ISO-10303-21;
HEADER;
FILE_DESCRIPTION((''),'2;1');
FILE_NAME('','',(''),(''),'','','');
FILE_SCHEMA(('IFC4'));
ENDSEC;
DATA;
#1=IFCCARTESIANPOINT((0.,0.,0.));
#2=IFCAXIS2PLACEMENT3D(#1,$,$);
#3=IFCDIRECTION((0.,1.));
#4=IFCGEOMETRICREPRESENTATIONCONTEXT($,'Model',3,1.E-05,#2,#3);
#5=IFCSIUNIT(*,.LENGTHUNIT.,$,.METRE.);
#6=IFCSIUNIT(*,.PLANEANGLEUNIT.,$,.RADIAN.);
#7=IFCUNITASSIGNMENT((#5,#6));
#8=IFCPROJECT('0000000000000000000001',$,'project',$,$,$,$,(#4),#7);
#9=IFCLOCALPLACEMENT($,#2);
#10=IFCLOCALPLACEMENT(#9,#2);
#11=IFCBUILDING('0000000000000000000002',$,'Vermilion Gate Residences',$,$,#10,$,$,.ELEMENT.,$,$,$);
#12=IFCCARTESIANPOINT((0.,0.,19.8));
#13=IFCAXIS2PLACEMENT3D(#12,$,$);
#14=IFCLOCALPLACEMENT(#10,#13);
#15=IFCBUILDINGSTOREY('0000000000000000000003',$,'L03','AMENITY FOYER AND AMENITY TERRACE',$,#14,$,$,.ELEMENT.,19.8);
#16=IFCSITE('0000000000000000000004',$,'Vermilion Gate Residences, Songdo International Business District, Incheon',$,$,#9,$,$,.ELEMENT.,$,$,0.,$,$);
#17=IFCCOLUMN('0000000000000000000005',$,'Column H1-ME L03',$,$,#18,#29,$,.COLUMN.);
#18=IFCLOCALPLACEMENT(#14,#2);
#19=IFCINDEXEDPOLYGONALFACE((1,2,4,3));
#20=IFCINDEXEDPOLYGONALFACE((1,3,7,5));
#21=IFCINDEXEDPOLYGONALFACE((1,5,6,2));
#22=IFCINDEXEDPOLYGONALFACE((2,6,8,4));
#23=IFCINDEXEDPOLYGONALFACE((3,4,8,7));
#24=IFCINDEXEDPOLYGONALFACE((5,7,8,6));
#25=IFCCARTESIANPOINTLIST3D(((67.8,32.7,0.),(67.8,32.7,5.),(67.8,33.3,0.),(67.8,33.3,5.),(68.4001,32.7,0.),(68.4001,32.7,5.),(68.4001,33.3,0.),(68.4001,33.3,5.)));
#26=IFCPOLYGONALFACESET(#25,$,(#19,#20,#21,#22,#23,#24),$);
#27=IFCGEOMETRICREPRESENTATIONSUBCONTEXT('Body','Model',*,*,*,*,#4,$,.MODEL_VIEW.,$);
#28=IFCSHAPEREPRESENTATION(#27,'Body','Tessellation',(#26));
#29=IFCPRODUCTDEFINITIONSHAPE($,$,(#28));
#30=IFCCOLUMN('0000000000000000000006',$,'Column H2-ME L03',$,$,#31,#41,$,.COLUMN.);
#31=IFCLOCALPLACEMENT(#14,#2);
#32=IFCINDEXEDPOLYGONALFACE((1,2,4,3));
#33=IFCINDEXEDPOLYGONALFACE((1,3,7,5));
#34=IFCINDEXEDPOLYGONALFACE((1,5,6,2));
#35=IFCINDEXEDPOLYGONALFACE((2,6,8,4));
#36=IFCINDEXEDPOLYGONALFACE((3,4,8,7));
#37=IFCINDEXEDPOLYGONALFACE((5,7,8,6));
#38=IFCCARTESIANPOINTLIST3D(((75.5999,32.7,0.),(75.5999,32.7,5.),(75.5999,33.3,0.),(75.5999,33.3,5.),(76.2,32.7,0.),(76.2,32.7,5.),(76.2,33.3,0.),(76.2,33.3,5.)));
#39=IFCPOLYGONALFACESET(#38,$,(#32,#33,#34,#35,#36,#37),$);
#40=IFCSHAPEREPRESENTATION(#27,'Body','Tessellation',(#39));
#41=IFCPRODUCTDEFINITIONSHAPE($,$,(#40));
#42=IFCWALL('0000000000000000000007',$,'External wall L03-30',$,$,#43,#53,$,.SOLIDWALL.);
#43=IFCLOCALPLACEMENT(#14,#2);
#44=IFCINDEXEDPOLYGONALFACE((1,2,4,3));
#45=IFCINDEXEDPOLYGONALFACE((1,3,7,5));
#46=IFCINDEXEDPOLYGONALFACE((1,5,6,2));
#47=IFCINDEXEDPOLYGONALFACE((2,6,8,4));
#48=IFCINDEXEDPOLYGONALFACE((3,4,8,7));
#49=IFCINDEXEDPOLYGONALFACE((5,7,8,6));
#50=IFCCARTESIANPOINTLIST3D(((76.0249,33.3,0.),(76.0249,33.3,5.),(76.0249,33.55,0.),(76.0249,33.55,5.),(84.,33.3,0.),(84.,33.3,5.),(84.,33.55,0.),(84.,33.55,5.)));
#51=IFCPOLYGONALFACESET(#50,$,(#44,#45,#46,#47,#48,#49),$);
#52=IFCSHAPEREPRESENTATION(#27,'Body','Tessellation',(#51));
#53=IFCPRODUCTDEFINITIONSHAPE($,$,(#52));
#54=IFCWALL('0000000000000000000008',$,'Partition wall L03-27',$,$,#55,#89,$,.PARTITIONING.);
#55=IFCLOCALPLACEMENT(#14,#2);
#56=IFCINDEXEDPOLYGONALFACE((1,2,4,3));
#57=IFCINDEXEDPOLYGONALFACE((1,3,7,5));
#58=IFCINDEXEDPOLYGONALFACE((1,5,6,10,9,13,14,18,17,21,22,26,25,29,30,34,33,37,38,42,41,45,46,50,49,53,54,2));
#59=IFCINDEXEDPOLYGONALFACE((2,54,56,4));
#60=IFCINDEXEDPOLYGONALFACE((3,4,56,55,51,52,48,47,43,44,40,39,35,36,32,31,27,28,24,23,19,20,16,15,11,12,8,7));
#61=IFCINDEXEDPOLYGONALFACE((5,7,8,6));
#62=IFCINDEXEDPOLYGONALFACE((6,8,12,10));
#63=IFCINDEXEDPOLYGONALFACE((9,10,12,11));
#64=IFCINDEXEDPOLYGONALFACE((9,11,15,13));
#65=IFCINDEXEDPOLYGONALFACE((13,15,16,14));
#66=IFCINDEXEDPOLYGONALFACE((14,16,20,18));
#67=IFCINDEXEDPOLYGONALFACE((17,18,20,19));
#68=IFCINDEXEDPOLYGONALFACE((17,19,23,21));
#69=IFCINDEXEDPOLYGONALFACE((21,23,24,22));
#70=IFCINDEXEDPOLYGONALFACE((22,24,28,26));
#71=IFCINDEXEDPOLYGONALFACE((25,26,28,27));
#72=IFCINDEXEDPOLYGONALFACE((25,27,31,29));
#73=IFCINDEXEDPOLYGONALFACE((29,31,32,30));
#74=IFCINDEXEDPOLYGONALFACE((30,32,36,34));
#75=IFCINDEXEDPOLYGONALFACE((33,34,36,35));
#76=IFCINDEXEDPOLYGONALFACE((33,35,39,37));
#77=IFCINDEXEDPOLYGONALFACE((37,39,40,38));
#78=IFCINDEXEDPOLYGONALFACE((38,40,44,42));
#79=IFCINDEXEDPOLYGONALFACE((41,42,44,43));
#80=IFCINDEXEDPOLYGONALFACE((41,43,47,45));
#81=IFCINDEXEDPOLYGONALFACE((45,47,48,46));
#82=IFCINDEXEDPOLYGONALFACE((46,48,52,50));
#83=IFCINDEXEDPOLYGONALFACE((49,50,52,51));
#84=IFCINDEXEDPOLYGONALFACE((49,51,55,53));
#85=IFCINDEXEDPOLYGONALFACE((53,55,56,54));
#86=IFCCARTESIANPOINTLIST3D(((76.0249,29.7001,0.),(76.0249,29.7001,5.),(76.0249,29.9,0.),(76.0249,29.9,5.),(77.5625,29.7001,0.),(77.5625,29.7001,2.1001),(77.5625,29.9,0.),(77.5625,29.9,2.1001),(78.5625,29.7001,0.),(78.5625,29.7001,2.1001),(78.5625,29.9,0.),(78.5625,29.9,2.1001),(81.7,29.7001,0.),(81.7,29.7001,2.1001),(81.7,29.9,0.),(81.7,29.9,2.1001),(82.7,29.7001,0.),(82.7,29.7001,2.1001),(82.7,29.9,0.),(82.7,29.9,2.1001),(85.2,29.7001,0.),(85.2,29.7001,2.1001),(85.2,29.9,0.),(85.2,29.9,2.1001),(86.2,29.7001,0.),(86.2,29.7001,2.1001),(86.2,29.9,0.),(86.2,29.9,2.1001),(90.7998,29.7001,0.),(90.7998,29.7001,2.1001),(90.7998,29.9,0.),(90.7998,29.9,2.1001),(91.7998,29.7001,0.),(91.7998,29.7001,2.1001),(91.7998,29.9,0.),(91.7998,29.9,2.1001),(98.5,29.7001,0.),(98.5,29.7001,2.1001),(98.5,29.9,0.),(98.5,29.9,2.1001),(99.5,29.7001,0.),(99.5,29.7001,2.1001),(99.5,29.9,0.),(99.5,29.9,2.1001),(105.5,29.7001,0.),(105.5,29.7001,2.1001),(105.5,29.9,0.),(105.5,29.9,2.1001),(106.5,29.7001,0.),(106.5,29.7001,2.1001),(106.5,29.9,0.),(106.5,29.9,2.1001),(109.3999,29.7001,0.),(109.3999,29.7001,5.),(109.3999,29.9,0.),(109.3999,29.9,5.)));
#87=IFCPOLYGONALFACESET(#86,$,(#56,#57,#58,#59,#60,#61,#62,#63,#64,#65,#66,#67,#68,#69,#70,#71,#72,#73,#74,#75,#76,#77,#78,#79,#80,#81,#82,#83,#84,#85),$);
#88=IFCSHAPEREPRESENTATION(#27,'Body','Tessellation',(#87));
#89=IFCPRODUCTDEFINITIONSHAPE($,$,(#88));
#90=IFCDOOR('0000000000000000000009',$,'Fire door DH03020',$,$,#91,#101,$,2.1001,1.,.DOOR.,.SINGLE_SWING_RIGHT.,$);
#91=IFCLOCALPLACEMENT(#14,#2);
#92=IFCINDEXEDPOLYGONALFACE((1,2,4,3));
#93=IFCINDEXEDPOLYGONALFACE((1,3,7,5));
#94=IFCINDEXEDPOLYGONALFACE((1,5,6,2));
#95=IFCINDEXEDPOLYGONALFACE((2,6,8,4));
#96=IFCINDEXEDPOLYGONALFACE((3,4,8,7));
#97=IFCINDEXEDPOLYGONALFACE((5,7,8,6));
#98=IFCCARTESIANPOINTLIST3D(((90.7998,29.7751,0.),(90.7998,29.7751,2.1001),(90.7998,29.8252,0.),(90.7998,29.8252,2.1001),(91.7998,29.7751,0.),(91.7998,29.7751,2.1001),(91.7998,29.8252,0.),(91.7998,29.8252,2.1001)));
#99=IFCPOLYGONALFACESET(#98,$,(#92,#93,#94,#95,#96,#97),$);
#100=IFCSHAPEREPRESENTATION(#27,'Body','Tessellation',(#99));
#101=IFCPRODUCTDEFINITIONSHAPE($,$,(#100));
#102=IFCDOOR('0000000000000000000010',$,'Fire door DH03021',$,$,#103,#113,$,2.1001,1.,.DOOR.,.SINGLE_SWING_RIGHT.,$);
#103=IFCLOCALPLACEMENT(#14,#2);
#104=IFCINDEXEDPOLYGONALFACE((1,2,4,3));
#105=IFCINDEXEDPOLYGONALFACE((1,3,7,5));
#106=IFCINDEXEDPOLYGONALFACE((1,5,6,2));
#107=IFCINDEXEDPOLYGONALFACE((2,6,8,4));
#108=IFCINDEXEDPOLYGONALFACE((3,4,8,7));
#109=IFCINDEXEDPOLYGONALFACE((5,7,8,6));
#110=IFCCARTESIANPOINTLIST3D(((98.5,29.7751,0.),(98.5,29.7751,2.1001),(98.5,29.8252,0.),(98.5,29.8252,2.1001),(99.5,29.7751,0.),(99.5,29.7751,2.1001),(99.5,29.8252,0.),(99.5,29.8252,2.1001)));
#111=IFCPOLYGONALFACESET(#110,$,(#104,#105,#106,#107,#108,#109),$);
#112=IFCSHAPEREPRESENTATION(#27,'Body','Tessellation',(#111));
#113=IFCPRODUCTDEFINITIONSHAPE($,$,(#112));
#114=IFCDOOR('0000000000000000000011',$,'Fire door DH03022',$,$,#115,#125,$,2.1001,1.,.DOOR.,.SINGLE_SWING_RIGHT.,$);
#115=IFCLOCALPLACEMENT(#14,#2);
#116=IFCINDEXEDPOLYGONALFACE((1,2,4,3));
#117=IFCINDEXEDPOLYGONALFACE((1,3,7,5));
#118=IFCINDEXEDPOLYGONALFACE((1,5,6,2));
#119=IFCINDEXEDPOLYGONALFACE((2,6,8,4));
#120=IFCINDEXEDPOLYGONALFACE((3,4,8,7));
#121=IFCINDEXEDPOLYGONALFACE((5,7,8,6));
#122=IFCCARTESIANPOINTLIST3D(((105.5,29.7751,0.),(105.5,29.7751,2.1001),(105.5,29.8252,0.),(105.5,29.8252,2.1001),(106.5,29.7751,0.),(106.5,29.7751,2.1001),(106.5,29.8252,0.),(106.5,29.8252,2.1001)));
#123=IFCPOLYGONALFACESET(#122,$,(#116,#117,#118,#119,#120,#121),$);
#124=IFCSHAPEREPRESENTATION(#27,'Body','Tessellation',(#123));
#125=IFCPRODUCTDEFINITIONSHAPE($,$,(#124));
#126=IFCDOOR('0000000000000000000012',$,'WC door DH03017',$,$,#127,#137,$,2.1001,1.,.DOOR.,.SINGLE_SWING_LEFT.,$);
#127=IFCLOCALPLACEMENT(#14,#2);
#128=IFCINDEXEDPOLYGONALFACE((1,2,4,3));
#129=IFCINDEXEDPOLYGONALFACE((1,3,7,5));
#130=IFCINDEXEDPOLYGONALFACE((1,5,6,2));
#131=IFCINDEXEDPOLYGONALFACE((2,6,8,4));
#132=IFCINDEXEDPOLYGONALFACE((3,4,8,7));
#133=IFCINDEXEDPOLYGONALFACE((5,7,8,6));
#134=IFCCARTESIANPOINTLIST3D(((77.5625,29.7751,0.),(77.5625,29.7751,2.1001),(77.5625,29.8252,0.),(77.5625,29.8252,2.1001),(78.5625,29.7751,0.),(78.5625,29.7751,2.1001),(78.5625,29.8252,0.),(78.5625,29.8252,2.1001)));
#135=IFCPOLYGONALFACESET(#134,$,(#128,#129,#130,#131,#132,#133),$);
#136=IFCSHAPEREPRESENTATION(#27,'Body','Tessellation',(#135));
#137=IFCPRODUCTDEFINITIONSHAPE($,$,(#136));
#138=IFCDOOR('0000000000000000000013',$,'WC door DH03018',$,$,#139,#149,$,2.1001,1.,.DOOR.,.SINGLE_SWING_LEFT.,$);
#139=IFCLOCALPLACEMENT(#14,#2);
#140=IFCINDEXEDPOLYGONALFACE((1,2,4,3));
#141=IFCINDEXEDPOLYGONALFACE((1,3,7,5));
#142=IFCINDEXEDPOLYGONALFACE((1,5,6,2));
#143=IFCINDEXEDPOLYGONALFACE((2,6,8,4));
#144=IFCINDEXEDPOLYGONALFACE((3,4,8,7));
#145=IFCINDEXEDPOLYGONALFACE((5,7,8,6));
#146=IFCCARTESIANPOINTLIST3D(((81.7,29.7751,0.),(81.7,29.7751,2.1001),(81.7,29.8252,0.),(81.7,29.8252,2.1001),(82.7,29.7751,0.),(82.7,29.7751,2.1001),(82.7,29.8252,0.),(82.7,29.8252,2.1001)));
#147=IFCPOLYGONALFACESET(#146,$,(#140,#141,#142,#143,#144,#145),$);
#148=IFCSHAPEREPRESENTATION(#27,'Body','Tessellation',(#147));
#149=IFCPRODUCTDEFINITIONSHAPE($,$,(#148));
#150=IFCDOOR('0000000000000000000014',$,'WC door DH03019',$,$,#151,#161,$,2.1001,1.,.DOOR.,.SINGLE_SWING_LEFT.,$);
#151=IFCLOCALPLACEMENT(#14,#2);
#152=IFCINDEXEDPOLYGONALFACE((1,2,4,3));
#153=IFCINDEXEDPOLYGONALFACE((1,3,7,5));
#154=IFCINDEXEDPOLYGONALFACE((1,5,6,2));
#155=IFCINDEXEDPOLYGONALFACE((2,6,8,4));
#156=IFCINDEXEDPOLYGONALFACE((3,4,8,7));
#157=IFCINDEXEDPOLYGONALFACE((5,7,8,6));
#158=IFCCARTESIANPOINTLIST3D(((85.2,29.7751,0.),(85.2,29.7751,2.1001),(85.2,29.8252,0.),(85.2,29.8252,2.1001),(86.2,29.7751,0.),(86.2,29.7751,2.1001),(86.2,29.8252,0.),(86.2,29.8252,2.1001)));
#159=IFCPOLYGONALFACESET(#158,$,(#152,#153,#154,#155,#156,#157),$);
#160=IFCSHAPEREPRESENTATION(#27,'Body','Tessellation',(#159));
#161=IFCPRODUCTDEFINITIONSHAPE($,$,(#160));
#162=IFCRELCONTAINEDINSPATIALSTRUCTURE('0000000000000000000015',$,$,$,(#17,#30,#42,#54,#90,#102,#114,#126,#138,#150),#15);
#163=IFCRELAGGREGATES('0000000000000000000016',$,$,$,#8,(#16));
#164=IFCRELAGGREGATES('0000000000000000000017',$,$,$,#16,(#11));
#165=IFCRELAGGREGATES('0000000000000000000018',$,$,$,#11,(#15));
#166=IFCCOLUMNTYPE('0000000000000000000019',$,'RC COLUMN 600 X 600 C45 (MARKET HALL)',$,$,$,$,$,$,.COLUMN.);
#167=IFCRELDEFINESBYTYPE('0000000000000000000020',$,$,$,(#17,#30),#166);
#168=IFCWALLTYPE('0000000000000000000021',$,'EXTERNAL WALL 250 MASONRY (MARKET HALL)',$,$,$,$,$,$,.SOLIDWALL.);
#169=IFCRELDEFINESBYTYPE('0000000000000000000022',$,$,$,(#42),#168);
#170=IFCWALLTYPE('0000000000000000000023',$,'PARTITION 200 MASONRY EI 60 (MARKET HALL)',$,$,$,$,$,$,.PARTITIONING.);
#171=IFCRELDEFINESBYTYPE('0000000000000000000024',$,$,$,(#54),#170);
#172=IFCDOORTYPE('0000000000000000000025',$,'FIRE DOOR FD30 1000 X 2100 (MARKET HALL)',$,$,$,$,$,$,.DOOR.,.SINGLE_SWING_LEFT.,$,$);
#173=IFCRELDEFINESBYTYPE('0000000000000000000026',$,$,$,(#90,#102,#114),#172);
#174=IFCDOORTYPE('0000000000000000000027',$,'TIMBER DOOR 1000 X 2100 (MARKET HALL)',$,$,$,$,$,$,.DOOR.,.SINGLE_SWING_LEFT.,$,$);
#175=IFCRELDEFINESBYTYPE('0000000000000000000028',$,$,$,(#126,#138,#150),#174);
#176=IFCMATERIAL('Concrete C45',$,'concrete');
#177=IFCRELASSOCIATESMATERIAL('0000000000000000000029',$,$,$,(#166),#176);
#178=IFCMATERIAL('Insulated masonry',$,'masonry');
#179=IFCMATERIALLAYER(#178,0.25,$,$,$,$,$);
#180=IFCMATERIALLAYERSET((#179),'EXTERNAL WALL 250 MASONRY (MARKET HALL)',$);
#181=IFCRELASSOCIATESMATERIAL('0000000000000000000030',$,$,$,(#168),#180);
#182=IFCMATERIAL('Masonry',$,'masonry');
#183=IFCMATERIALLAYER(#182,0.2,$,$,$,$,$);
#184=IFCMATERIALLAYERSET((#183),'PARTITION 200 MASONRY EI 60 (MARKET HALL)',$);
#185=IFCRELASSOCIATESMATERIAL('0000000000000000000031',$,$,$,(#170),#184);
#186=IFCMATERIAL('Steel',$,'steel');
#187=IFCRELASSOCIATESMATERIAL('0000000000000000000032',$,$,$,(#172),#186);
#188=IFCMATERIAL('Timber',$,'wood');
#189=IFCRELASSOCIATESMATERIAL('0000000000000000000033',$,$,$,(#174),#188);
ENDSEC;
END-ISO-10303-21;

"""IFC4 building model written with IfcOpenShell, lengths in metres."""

from ifc_helpers import new_model, si_unit, direction, frame, frame_2d, origin, origin_2d, place, context, subcontext, project, spatial, rectangle, extrude, material, layer, layer_set, material_profile, profile_set, type_object, element, fill, save


model = new_model("IFC4")

# Units and contexts
model_context = context("Model", 3, precision=1e-05, world=origin(), true_north=direction((0.0, 1.0)))
body_context = subcontext(model_context, "Body", "Model", "MODEL_VIEW")
ifc_project = project(units=[si_unit("LENGTHUNIT", "METRE"), si_unit("PLANEANGLEUNIT", "RADIAN")], contexts=[model_context])

# Site, building, storey
site_placement = place(None, origin())
site = spatial("IfcSite", under=ifc_project, at=site_placement, Name="Vermilion Gate Residences, Songdo International Business District, Incheon", CompositionType="ELEMENT", RefElevation=0.0)
building_placement = place(site_placement, origin())
building = spatial("IfcBuilding", under=site, at=building_placement, Name="Vermilion Gate Residences", CompositionType="ELEMENT")
storey_placement = place(building_placement, frame((0.0, 0.0, 19.8)))
storey = spatial("IfcBuildingStorey", under=building, at=storey_placement, Name="L03", Description="AMENITY FOYER AND AMENITY TERRACE", CompositionType="ELEMENT", Elevation=19.8)

# Columns
ifc_material_1 = material(Name="Concrete C45", Category="concrete")
ifc_material_profile = material_profile(ifc_material_1, rectangle(XDim=0.6001, YDim=0.6001, at=origin_2d()), Name="RC COLUMN 600 X 600 C45 (MARKET HALL)")
ifc_profile_set = profile_set([ifc_material_profile], Name="Concrete C45")
column_type = type_object("IfcColumnType", Name="RC COLUMN 600 X 600 C45 (MARKET HALL)", PredefinedType="COLUMN", material=ifc_profile_set)
for number, where, z_axis, x_axis, name in (
    (1, (68.1001, 33.0, 0.0), (0.0, 0.0, 1.0), (1.0, 0.0, 0.0), "Column H1-ME L03"),
    (2, (75.8999, 33.0, 0.0), (0.0, 0.0, 1.0), (1.0, 0.0, 0.0), "Column H2-ME L03"),
):
    element("IfcColumn", number, at=place(storey_placement, frame(where, z_axis=z_axis, x_axis=x_axis)), inside=storey, type_object=column_type, Name=name, PredefinedType="COLUMN", context=body_context, shape_type="SweptSolid", body=[
        extrude(rectangle(XDim=0.6001, YDim=0.6001, at=origin_2d()), origin(), (0.0, 0.0, 1.0), 5.0),
    ])

# Wall
ifc_material_2 = material(Name="Insulated masonry", Category="masonry")
ifc_layer_1 = layer(ifc_material_2, 0.25)
ifc_layer_set_1 = layer_set([ifc_layer_1], Name="EXTERNAL WALL 250 MASONRY (MARKET HALL)")
wall_type_1 = type_object("IfcWallType", Name="EXTERNAL WALL 250 MASONRY (MARKET HALL)", PredefinedType="SOLIDWALL", material=ifc_layer_set_1)
wall_1_placement = place(storey_placement, frame((76.0249, 33.425, 0.0), z_axis=(0.0, 0.0, 1.0), x_axis=(1.0, 0.0, 0.0)))
element("IfcWall", 3, at=wall_1_placement, inside=storey, type_object=wall_type_1, Name="External wall L03-30", PredefinedType="SOLIDWALL", context=body_context, shape_type="SweptSolid", body=[
    extrude(rectangle(XDim=7.9751, YDim=0.25, at=frame_2d((3.9875, 0.0))), origin(), (0.0, 0.0, 1.0), 5.0),
])

# Wall, openings, doors
ifc_material_3 = material(Name="Masonry", Category="masonry")
ifc_layer_2 = layer(ifc_material_3, 0.2)
ifc_layer_set_2 = layer_set([ifc_layer_2], Name="PARTITION 200 MASONRY EI 60 (MARKET HALL)")
wall_type_2 = type_object("IfcWallType", Name="PARTITION 200 MASONRY EI 60 (MARKET HALL)", PredefinedType="PARTITIONING", material=ifc_layer_set_2)
wall_2_placement = place(storey_placement, frame((76.0249, 29.8, 0.0), z_axis=(0.0, 0.0, 1.0), x_axis=(1.0, 0.0, 0.0)))
wall_2 = element("IfcWall", 4, at=wall_2_placement, inside=storey, type_object=wall_type_2, Name="Partition wall L03-27", PredefinedType="PARTITIONING", context=body_context, shape_type="SweptSolid", body=[
    extrude(rectangle(XDim=33.375, YDim=0.2, at=frame_2d((16.6875, 0.0))), origin(), (0.0, 0.0, 1.0), 5.0),
])
opening_1_placement = place(wall_2_placement, frame((1.5376, 0.0, 0.0)))
opening_1 = element("IfcOpeningElement", 5, at=opening_1_placement, cuts=wall_2, PredefinedType="OPENING", context=body_context, shape_type="SweptSolid", body=[
    extrude(rectangle(XDim=1.0, YDim=2.1001, at=frame_2d((0.5, 1.05))), frame((0.0, 0.1099, 0.0), z_axis=(0.0, -1.0, 0.0), x_axis=(1.0, 0.0, 0.0)), (0.0, 0.0, 1.0), 0.22),
])
opening_2_placement = place(wall_2_placement, frame((5.675, 0.0, 0.0)))
opening_2 = element("IfcOpeningElement", 6, at=opening_2_placement, cuts=wall_2, PredefinedType="OPENING", context=body_context, shape_type="SweptSolid", body=[
    extrude(rectangle(XDim=1.0, YDim=2.1001, at=frame_2d((0.5, 1.05))), frame((0.0, 0.1099, 0.0), z_axis=(0.0, -1.0, 0.0), x_axis=(1.0, 0.0, 0.0)), (0.0, 0.0, 1.0), 0.22),
])
opening_3_placement = place(wall_2_placement, frame((9.175, 0.0, 0.0)))
opening_3 = element("IfcOpeningElement", 7, at=opening_3_placement, cuts=wall_2, PredefinedType="OPENING", context=body_context, shape_type="SweptSolid", body=[
    extrude(rectangle(XDim=1.0, YDim=2.1001, at=frame_2d((0.5, 1.05))), frame((0.0, 0.1099, 0.0), z_axis=(0.0, -1.0, 0.0), x_axis=(1.0, 0.0, 0.0)), (0.0, 0.0, 1.0), 0.22),
])
opening_4_placement = place(wall_2_placement, frame((14.7749, 0.0, 0.0)))
opening_4 = element("IfcOpeningElement", 8, at=opening_4_placement, cuts=wall_2, PredefinedType="OPENING", context=body_context, shape_type="SweptSolid", body=[
    extrude(rectangle(XDim=1.0, YDim=2.1001, at=frame_2d((0.5, 1.05))), frame((0.0, 0.1099, 0.0), z_axis=(0.0, -1.0, 0.0), x_axis=(1.0, 0.0, 0.0)), (0.0, 0.0, 1.0), 0.22),
])
opening_5_placement = place(wall_2_placement, frame((22.4751, 0.0, 0.0)))
opening_5 = element("IfcOpeningElement", 9, at=opening_5_placement, cuts=wall_2, PredefinedType="OPENING", context=body_context, shape_type="SweptSolid", body=[
    extrude(rectangle(XDim=1.0, YDim=2.1001, at=frame_2d((0.5, 1.05))), frame((0.0, 0.1099, 0.0), z_axis=(0.0, -1.0, 0.0), x_axis=(1.0, 0.0, 0.0)), (0.0, 0.0, 1.0), 0.22),
])
opening_6_placement = place(wall_2_placement, frame((29.4751, 0.0, 0.0)))
opening_6 = element("IfcOpeningElement", 10, at=opening_6_placement, cuts=wall_2, PredefinedType="OPENING", context=body_context, shape_type="SweptSolid", body=[
    extrude(rectangle(XDim=1.0, YDim=2.1001, at=frame_2d((0.5, 1.05))), frame((0.0, 0.1099, 0.0), z_axis=(0.0, -1.0, 0.0), x_axis=(1.0, 0.0, 0.0)), (0.0, 0.0, 1.0), 0.22),
])
ifc_material_4 = material(Name="Steel", Category="steel")
door_type_1 = type_object("IfcDoorType", Name="FIRE DOOR FD30 1000 X 2100 (MARKET HALL)", OperationType="SINGLE_SWING_LEFT", PredefinedType="DOOR", material=ifc_material_4)
door_1_placement = place(opening_4_placement, frame((1.0, 0.0, 0.0), z_axis=(0.0, 0.0, 1.0), x_axis=(-1.0, 0.0, 0.0)))
door_1 = element("IfcDoor", 11, at=door_1_placement, inside=storey, type_object=door_type_1, Name="Fire door DH03020", OperationType="SINGLE_SWING_RIGHT", OverallHeight=2.1001, OverallWidth=1.0, PredefinedType="DOOR", context=body_context, shape_type="SweptSolid", body=[
    extrude(rectangle(XDim=1.0, YDim=2.1001, at=frame_2d((0.5, 1.05))), frame((0.0, 0.0249, 0.0), z_axis=(0.0, -1.0, 0.0), x_axis=(1.0, 0.0, 0.0)), (0.0, 0.0, 1.0), 0.05),
])
fill(opening_4, door_1)
door_2_placement = place(opening_5_placement, frame((1.0, 0.0, 0.0), z_axis=(0.0, 0.0, 1.0), x_axis=(-1.0, 0.0, 0.0)))
door_2 = element("IfcDoor", 12, at=door_2_placement, inside=storey, type_object=door_type_1, Name="Fire door DH03021", OperationType="SINGLE_SWING_RIGHT", OverallHeight=2.1001, OverallWidth=1.0, PredefinedType="DOOR", context=body_context, shape_type="SweptSolid", body=[
    extrude(rectangle(XDim=1.0, YDim=2.1001, at=frame_2d((0.5, 1.05))), frame((0.0, 0.0249, 0.0), z_axis=(0.0, -1.0, 0.0), x_axis=(1.0, 0.0, 0.0)), (0.0, 0.0, 1.0), 0.05),
])
fill(opening_5, door_2)
door_3_placement = place(opening_6_placement, frame((1.0, 0.0, 0.0), z_axis=(0.0, 0.0, 1.0), x_axis=(-1.0, 0.0, 0.0)))
door_3 = element("IfcDoor", 13, at=door_3_placement, inside=storey, type_object=door_type_1, Name="Fire door DH03022", OperationType="SINGLE_SWING_RIGHT", OverallHeight=2.1001, OverallWidth=1.0, PredefinedType="DOOR", context=body_context, shape_type="SweptSolid", body=[
    extrude(rectangle(XDim=1.0, YDim=2.1001, at=frame_2d((0.5, 1.05))), frame((0.0, 0.0249, 0.0), z_axis=(0.0, -1.0, 0.0), x_axis=(1.0, 0.0, 0.0)), (0.0, 0.0, 1.0), 0.05),
])
fill(opening_6, door_3)
ifc_material_5 = material(Name="Timber", Category="wood")
door_type_2 = type_object("IfcDoorType", Name="TIMBER DOOR 1000 X 2100 (MARKET HALL)", OperationType="SINGLE_SWING_LEFT", PredefinedType="DOOR", material=ifc_material_5)
door_4_placement = place(opening_1_placement, frame((1.0, 0.0, 0.0), z_axis=(0.0, 0.0, 1.0), x_axis=(-1.0, 0.0, 0.0)))
door_4 = element("IfcDoor", 14, at=door_4_placement, inside=storey, type_object=door_type_2, Name="WC door DH03017", OperationType="SINGLE_SWING_LEFT", OverallHeight=2.1001, OverallWidth=1.0, PredefinedType="DOOR", context=body_context, shape_type="SweptSolid", body=[
    extrude(rectangle(XDim=1.0, YDim=2.1001, at=frame_2d((0.5, 1.05))), frame((0.0, 0.0249, 0.0), z_axis=(0.0, -1.0, 0.0), x_axis=(1.0, 0.0, 0.0)), (0.0, 0.0, 1.0), 0.05),
])
fill(opening_1, door_4)
door_5_placement = place(opening_2_placement, frame((1.0, 0.0, 0.0), z_axis=(0.0, 0.0, 1.0), x_axis=(-1.0, 0.0, 0.0)))
door_5 = element("IfcDoor", 15, at=door_5_placement, inside=storey, type_object=door_type_2, Name="WC door DH03018", OperationType="SINGLE_SWING_LEFT", OverallHeight=2.1001, OverallWidth=1.0, PredefinedType="DOOR", context=body_context, shape_type="SweptSolid", body=[
    extrude(rectangle(XDim=1.0, YDim=2.1001, at=frame_2d((0.5, 1.05))), frame((0.0, 0.0249, 0.0), z_axis=(0.0, -1.0, 0.0), x_axis=(1.0, 0.0, 0.0)), (0.0, 0.0, 1.0), 0.05),
])
fill(opening_2, door_5)
door_6_placement = place(opening_3_placement, frame((1.0, 0.0, 0.0), z_axis=(0.0, 0.0, 1.0), x_axis=(-1.0, 0.0, 0.0)))
door_6 = element("IfcDoor", 16, at=door_6_placement, inside=storey, type_object=door_type_2, Name="WC door DH03019", OperationType="SINGLE_SWING_LEFT", OverallHeight=2.1001, OverallWidth=1.0, PredefinedType="DOOR", context=body_context, shape_type="SweptSolid", body=[
    extrude(rectangle(XDim=1.0, YDim=2.1001, at=frame_2d((0.5, 1.05))), frame((0.0, 0.0249, 0.0), z_axis=(0.0, -1.0, 0.0), x_axis=(1.0, 0.0, 0.0)), (0.0, 0.0, 1.0), 0.05),
])
fill(opening_3, door_6)

save(model, "model.ifc")
